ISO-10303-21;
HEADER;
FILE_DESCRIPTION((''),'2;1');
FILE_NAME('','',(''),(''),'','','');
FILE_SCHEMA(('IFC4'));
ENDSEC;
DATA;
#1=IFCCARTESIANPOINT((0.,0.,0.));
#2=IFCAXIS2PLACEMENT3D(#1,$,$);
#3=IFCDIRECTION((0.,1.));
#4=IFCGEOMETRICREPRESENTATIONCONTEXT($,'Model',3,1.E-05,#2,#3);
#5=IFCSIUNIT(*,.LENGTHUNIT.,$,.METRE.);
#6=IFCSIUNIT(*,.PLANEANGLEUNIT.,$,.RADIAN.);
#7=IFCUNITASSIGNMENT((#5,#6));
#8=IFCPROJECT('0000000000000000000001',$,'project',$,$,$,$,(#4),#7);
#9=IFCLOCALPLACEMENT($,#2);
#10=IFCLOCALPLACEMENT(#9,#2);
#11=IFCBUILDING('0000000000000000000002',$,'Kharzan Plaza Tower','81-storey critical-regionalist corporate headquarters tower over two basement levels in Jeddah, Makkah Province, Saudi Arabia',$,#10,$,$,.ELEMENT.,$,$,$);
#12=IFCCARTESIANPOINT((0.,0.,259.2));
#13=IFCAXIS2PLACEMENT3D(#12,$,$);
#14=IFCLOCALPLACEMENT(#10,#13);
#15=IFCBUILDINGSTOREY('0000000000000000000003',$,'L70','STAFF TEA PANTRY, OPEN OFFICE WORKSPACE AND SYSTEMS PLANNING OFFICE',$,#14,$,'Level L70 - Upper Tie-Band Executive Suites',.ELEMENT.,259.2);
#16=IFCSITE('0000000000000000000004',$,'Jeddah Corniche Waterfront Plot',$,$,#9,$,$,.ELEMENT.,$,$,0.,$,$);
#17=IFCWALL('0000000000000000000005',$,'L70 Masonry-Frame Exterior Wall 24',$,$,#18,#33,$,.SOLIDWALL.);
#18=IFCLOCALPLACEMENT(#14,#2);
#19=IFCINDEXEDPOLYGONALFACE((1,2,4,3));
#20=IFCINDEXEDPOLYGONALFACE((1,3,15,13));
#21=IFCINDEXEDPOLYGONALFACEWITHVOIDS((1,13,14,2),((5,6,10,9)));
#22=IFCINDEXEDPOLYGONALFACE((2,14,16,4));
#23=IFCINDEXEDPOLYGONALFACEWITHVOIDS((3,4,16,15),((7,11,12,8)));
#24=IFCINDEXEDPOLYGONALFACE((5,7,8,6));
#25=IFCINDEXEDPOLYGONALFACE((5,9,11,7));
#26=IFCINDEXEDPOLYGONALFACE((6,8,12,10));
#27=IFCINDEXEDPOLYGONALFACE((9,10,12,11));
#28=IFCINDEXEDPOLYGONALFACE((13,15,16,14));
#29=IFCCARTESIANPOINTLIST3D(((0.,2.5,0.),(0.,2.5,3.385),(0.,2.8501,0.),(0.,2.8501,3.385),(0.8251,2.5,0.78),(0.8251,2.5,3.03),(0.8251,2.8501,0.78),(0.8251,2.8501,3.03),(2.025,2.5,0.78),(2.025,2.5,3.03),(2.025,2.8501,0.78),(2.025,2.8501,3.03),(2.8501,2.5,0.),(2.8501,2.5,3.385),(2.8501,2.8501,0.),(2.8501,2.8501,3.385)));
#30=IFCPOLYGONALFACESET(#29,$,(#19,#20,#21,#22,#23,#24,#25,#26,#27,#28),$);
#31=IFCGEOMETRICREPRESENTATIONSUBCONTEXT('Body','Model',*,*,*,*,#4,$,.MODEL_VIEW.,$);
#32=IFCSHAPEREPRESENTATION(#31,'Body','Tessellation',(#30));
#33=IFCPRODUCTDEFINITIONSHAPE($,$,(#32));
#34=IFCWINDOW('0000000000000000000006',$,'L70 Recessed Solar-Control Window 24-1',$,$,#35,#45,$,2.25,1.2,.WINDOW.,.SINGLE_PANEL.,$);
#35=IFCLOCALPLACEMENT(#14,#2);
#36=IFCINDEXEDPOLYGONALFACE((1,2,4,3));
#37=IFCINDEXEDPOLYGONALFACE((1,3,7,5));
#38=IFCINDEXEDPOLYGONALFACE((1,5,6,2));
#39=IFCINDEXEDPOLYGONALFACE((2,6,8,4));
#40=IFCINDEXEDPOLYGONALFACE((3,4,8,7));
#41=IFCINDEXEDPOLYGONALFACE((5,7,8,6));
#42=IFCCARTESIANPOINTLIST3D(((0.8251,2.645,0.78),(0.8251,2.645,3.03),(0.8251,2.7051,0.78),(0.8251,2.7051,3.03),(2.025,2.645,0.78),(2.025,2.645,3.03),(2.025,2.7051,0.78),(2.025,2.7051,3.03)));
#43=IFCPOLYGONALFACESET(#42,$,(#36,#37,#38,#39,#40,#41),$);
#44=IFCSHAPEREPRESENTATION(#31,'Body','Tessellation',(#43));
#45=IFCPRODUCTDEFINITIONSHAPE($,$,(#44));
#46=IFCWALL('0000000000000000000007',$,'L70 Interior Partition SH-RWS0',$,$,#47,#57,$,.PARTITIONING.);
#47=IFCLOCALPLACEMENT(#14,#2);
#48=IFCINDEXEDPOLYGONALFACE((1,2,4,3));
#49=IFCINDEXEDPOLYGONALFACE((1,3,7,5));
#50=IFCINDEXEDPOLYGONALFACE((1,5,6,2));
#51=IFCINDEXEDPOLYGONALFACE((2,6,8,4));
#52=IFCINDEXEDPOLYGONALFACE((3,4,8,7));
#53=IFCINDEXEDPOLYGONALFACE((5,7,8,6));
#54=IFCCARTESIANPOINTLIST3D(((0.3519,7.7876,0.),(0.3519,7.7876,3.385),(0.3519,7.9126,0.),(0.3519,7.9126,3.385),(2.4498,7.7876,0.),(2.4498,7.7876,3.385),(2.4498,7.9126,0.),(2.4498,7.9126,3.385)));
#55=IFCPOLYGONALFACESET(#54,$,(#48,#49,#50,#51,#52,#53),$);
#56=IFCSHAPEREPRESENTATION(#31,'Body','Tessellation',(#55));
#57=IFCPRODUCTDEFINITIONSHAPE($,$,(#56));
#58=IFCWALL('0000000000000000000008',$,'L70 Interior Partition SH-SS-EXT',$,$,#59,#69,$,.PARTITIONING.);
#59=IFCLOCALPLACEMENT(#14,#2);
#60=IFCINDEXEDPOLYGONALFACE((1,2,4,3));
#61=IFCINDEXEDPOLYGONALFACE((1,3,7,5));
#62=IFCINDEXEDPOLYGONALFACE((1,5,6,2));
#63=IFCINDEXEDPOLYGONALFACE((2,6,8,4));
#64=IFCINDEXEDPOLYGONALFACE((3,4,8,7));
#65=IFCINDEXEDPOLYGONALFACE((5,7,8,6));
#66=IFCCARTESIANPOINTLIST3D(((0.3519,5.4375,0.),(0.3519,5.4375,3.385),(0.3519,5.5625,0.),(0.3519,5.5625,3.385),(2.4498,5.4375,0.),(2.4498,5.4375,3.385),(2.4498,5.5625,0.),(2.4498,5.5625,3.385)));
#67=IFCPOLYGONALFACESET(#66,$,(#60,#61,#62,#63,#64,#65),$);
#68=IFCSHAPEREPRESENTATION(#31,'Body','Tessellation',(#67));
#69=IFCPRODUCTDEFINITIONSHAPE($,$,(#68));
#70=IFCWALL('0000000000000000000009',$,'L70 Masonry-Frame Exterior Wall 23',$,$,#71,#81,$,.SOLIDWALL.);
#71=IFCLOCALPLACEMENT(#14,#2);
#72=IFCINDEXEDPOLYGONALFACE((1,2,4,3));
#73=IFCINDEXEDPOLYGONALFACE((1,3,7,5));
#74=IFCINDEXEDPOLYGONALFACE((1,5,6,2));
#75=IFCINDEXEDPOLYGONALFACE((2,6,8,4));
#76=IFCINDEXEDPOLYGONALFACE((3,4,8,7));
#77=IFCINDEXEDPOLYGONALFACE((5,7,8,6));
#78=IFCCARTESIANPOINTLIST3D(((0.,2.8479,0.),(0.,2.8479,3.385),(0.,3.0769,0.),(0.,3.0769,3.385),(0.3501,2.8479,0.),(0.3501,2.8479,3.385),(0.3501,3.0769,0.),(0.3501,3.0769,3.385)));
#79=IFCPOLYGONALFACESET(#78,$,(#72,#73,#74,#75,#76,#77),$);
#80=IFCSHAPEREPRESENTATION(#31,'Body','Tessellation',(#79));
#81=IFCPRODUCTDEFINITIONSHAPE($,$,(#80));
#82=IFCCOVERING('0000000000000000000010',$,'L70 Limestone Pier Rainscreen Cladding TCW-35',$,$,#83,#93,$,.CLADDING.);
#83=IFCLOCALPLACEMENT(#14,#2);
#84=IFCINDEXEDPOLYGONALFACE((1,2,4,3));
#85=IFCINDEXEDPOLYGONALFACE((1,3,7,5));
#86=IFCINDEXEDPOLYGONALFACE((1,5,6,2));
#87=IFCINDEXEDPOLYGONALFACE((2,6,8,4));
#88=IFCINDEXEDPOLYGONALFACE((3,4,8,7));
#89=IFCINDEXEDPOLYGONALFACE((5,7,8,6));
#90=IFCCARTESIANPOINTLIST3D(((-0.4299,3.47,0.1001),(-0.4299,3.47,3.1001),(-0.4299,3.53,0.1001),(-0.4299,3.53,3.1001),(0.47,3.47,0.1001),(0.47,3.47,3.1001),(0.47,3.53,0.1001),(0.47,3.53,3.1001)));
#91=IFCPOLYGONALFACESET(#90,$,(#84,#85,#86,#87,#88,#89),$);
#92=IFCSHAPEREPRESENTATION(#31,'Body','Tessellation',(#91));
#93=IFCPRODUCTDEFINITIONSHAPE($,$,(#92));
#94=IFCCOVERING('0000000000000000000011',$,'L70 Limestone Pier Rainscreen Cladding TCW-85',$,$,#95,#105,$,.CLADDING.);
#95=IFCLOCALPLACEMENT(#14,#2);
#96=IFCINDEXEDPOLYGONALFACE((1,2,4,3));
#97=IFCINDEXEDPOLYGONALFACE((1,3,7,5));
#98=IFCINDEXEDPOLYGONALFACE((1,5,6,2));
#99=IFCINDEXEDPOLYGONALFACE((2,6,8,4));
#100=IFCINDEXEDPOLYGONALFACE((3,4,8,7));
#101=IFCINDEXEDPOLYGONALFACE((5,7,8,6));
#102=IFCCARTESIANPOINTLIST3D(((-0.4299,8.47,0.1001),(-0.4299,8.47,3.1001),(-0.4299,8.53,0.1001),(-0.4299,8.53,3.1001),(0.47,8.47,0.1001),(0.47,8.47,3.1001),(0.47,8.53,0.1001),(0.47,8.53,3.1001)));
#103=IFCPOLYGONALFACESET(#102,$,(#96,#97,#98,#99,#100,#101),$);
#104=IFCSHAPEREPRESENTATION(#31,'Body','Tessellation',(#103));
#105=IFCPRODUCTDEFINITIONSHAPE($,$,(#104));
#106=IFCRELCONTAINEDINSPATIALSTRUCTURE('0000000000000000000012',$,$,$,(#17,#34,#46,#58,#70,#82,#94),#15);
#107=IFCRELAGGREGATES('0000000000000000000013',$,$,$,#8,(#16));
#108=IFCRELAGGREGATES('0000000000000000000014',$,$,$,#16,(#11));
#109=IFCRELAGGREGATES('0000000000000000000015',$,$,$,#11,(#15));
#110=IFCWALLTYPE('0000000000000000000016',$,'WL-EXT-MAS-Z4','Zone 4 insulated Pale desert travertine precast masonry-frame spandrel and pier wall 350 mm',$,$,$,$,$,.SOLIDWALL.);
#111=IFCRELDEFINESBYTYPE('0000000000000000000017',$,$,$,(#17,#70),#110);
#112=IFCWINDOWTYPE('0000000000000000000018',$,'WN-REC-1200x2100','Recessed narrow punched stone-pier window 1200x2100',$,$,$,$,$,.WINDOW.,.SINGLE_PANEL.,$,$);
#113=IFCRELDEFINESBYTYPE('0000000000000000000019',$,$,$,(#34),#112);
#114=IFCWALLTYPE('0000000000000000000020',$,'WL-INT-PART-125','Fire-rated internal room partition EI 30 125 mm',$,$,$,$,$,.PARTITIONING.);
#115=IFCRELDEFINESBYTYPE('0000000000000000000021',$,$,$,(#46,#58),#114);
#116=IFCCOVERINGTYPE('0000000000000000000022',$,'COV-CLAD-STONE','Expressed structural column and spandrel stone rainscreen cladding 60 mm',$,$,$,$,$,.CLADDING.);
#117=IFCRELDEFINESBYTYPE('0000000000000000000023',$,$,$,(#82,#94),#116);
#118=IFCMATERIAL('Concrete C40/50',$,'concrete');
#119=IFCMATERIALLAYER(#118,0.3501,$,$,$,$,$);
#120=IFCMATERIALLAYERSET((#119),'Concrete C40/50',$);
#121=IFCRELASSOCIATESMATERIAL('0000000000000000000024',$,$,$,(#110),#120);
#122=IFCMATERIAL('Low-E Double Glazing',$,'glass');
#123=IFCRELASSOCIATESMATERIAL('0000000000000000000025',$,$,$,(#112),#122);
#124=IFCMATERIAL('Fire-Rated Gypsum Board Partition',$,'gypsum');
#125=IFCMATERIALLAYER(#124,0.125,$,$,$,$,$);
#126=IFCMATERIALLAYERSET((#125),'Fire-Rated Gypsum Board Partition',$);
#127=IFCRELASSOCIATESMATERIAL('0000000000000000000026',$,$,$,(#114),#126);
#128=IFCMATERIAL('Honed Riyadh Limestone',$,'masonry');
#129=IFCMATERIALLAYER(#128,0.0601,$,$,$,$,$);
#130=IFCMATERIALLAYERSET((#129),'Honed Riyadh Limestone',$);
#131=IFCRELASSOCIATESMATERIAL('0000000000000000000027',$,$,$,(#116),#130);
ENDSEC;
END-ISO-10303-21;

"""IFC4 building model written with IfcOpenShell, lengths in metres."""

from ifc_helpers import new_model, si_unit, direction, frame, frame_2d, origin, origin_2d, place, context, subcontext, project, spatial, rectangle, extrude, source, transform, mapped, material, layer, layer_set, type_object, element, fill, save


model = new_model("IFC4")

# Units and contexts
model_context = context("Model", 3, precision=1e-05, world=origin(), true_north=direction((0.0, 1.0)))
body_context = subcontext(model_context, "Body", "Model", "MODEL_VIEW")
ifc_project = project(units=[si_unit("LENGTHUNIT", "METRE"), si_unit("PLANEANGLEUNIT", "RADIAN")], contexts=[model_context])

# Site, building, storey
site_placement = place(None, origin())
site = spatial("IfcSite", under=ifc_project, at=site_placement, Name="Jeddah Corniche Waterfront Plot", CompositionType="ELEMENT", RefElevation=0.0)
building_placement = place(site_placement, origin())
building = spatial("IfcBuilding", under=site, at=building_placement, Name="Kharzan Plaza Tower", Description="81-storey critical-regionalist corporate headquarters tower over two basement levels in Jeddah, Makkah Province, Saudi Arabia", CompositionType="ELEMENT")
storey_placement = place(building_placement, frame((0.0, 0.0, 259.2)))
storey = spatial("IfcBuildingStorey", under=building, at=storey_placement, Name="L70", Description="STAFF TEA PANTRY, OPEN OFFICE WORKSPACE AND SYSTEMS PLANNING OFFICE", LongName="Level L70 - Upper Tie-Band Executive Suites", CompositionType="ELEMENT", Elevation=259.2)

# Shared definitions
ifc_material_1 = material(Name="Concrete C40/50", Category="concrete")

# Wall, opening, window
ifc_layer_1 = layer(ifc_material_1, 0.3501)
ifc_layer_set_1 = layer_set([ifc_layer_1], Name="Concrete C40/50")
wall_type_1 = type_object("IfcWallType", Name="WL-EXT-MAS-Z4", Description="Zone 4 insulated Pale desert travertine precast masonry-frame spandrel and pier wall 350 mm", PredefinedType="SOLIDWALL", material=ifc_layer_set_1)
ifc_material_2 = material(Name="Low-E Double Glazing", Category="glass")
window_type = type_object("IfcWindowType", Name="WN-REC-1200x2100", Description="Recessed narrow punched stone-pier window 1200x2100", PartitioningType="SINGLE_PANEL", PredefinedType="WINDOW", material=ifc_material_2)
shared_shape_1 = source(origin(), body_context, "Body", "SweptSolid", [
    extrude(rectangle(XDim=1.2, YDim=2.25, at=frame_2d((0.6001, 1.125))), frame((0.0, 0.03, 0.0), z_axis=(0.0, -1.0, 0.0), x_axis=(1.0, 0.0, 0.0)), (0.0, 0.0, 1.0), 0.0601),
])
wall_1_placement = place(storey_placement, frame((0.0, 2.675, 0.0), z_axis=(0.0, 0.0, 1.0), x_axis=(1.0, 0.0, 0.0)))
wall_1 = element("IfcWall", 1, at=wall_1_placement, inside=storey, type_object=wall_type_1, Name="L70 Masonry-Frame Exterior Wall 24", PredefinedType="SOLIDWALL", context=body_context, shape_type="SweptSolid", body=[
    extrude(rectangle(XDim=2.8501, YDim=0.3501, at=frame_2d((1.425, 0.0))), origin(), (0.0, 0.0, 1.0), 3.385),
])
opening_1_placement = place(wall_1_placement, frame((0.825, 0.0, 0.78)))
opening_1 = element("IfcOpeningElement", 2, at=opening_1_placement, cuts=wall_1, PredefinedType="OPENING", context=body_context, shape_type="SweptSolid", body=[
    extrude(rectangle(XDim=1.2, YDim=2.25, at=frame_2d((0.6001, 1.125))), frame((0.0, 0.1851, 0.0), z_axis=(0.0, -1.0, 0.0), x_axis=(1.0, 0.0, 0.0)), (0.0, 0.0, 1.0), 0.3701),
])
window_1_placement = place(opening_1_placement, origin())
window_1 = element("IfcWindow", 3, at=window_1_placement, inside=storey, type_object=window_type, Name="L70 Recessed Solar-Control Window 24-1", OverallHeight=2.25, OverallWidth=1.2, PartitioningType="SINGLE_PANEL", PredefinedType="WINDOW", context=body_context, shape_type="MappedRepresentation", body=[
    mapped(shared_shape_1, transform((0.0, 0.0, 0.0), x_axis=(1.0, 0.0, 0.0), y_axis=(0.0, 1.0, 0.0), z_axis=(0.0, 0.0, 1.0))),
])
fill(opening_1, window_1)

# Walls
ifc_material_3 = material(Name="Fire-Rated Gypsum Board Partition", Category="gypsum")
ifc_layer_2 = layer(ifc_material_3, 0.125)
ifc_layer_set_2 = layer_set([ifc_layer_2], Name="Fire-Rated Gypsum Board Partition")
wall_type_2 = type_object("IfcWallType", Name="WL-INT-PART-125", Description="Fire-rated internal room partition EI 30 125 mm", PredefinedType="PARTITIONING", material=ifc_layer_set_2)
shared_shape_2 = source(origin(), body_context, "Body", "SweptSolid", [
    extrude(rectangle(XDim=2.0979, YDim=0.125, at=frame_2d((1.0488, 0.0))), origin(), (0.0, 0.0, 1.0), 3.385),
])
for number, where, z_axis, x_axis, name in (
    (4, (0.3521, 7.8501, 0.0), (0.0, 0.0, 1.0), (1.0, 0.0, 0.0), "L70 Interior Partition SH-RWS0"),
    (5, (0.3521, 5.5, 0.0), (0.0, 0.0, 1.0), (1.0, 0.0, 0.0), "L70 Interior Partition SH-SS-EXT"),
):
    element("IfcWall", number, at=place(storey_placement, frame(where, z_axis=z_axis, x_axis=x_axis)), inside=storey, type_object=wall_type_2, Name=name, PredefinedType="PARTITIONING", context=body_context, shape_type="MappedRepresentation", body=[
        mapped(shared_shape_2, transform((0.0, 0.0, 0.0), x_axis=(1.0, 0.0, 0.0), y_axis=(0.0, 1.0, 0.0), z_axis=(0.0, 0.0, 1.0))),
    ])
shared_shape_3 = source(origin(), body_context, "Body", "SweptSolid", [
    extrude(rectangle(XDim=0.229, YDim=0.3501, at=frame_2d((0.1145, 0.0))), origin(), (0.0, 0.0, 1.0), 3.385),
])
wall_2_placement = place(storey_placement, frame((0.175, 3.0769, 0.0), z_axis=(0.0, 0.0, 1.0), x_axis=(0.0, -1.0, 0.0)))
element("IfcWall", 6, at=wall_2_placement, inside=storey, type_object=wall_type_1, Name="L70 Masonry-Frame Exterior Wall 23", PredefinedType="SOLIDWALL", context=body_context, shape_type="MappedRepresentation", body=[
    mapped(shared_shape_3, transform((0.0, 0.0, 0.0), x_axis=(1.0, 0.0, 0.0), y_axis=(0.0, 1.0, 0.0), z_axis=(0.0, 0.0, 1.0))),
])

# Coverings
ifc_material_4 = material(Name="Honed Riyadh Limestone", Category="masonry")
ifc_layer_3 = layer(ifc_material_4, 0.0601)
ifc_layer_set_3 = layer_set([ifc_layer_3], Name="Honed Riyadh Limestone")
covering_type = type_object("IfcCoveringType", Name="COV-CLAD-STONE", Description="Expressed structural column and spandrel stone rainscreen cladding 60 mm", PredefinedType="CLADDING", material=ifc_layer_set_3)
shared_shape_4 = source(origin(), body_context, "Body", "SweptSolid", [
    extrude(rectangle(XDim=0.0601, YDim=0.8999, at=origin_2d()), origin(), (0.0, 0.0, 1.0), 3.0),
])
for number, where, z_axis, x_axis, name in (
    (7, (0.02, 3.5, 0.1001), (0.0, 0.0, 1.0), (0.0, 1.0, 0.0), "L70 Limestone Pier Rainscreen Cladding TCW-35"),
    (8, (0.02, 8.5, 0.1001), (0.0, 0.0, 1.0), (0.0, 1.0, 0.0), "L70 Limestone Pier Rainscreen Cladding TCW-85"),
):
    element("IfcCovering", number, at=place(storey_placement, frame(where, z_axis=z_axis, x_axis=x_axis)), inside=storey, type_object=covering_type, Name=name, PredefinedType="CLADDING", context=body_context, shape_type="MappedRepresentation", body=[
        mapped(shared_shape_4, transform((0.0, 0.0, 0.0), x_axis=(1.0, 0.0, 0.0), y_axis=(0.0, 1.0, 0.0), z_axis=(0.0, 0.0, 1.0))),
    ])

save(model, "model.ifc")
